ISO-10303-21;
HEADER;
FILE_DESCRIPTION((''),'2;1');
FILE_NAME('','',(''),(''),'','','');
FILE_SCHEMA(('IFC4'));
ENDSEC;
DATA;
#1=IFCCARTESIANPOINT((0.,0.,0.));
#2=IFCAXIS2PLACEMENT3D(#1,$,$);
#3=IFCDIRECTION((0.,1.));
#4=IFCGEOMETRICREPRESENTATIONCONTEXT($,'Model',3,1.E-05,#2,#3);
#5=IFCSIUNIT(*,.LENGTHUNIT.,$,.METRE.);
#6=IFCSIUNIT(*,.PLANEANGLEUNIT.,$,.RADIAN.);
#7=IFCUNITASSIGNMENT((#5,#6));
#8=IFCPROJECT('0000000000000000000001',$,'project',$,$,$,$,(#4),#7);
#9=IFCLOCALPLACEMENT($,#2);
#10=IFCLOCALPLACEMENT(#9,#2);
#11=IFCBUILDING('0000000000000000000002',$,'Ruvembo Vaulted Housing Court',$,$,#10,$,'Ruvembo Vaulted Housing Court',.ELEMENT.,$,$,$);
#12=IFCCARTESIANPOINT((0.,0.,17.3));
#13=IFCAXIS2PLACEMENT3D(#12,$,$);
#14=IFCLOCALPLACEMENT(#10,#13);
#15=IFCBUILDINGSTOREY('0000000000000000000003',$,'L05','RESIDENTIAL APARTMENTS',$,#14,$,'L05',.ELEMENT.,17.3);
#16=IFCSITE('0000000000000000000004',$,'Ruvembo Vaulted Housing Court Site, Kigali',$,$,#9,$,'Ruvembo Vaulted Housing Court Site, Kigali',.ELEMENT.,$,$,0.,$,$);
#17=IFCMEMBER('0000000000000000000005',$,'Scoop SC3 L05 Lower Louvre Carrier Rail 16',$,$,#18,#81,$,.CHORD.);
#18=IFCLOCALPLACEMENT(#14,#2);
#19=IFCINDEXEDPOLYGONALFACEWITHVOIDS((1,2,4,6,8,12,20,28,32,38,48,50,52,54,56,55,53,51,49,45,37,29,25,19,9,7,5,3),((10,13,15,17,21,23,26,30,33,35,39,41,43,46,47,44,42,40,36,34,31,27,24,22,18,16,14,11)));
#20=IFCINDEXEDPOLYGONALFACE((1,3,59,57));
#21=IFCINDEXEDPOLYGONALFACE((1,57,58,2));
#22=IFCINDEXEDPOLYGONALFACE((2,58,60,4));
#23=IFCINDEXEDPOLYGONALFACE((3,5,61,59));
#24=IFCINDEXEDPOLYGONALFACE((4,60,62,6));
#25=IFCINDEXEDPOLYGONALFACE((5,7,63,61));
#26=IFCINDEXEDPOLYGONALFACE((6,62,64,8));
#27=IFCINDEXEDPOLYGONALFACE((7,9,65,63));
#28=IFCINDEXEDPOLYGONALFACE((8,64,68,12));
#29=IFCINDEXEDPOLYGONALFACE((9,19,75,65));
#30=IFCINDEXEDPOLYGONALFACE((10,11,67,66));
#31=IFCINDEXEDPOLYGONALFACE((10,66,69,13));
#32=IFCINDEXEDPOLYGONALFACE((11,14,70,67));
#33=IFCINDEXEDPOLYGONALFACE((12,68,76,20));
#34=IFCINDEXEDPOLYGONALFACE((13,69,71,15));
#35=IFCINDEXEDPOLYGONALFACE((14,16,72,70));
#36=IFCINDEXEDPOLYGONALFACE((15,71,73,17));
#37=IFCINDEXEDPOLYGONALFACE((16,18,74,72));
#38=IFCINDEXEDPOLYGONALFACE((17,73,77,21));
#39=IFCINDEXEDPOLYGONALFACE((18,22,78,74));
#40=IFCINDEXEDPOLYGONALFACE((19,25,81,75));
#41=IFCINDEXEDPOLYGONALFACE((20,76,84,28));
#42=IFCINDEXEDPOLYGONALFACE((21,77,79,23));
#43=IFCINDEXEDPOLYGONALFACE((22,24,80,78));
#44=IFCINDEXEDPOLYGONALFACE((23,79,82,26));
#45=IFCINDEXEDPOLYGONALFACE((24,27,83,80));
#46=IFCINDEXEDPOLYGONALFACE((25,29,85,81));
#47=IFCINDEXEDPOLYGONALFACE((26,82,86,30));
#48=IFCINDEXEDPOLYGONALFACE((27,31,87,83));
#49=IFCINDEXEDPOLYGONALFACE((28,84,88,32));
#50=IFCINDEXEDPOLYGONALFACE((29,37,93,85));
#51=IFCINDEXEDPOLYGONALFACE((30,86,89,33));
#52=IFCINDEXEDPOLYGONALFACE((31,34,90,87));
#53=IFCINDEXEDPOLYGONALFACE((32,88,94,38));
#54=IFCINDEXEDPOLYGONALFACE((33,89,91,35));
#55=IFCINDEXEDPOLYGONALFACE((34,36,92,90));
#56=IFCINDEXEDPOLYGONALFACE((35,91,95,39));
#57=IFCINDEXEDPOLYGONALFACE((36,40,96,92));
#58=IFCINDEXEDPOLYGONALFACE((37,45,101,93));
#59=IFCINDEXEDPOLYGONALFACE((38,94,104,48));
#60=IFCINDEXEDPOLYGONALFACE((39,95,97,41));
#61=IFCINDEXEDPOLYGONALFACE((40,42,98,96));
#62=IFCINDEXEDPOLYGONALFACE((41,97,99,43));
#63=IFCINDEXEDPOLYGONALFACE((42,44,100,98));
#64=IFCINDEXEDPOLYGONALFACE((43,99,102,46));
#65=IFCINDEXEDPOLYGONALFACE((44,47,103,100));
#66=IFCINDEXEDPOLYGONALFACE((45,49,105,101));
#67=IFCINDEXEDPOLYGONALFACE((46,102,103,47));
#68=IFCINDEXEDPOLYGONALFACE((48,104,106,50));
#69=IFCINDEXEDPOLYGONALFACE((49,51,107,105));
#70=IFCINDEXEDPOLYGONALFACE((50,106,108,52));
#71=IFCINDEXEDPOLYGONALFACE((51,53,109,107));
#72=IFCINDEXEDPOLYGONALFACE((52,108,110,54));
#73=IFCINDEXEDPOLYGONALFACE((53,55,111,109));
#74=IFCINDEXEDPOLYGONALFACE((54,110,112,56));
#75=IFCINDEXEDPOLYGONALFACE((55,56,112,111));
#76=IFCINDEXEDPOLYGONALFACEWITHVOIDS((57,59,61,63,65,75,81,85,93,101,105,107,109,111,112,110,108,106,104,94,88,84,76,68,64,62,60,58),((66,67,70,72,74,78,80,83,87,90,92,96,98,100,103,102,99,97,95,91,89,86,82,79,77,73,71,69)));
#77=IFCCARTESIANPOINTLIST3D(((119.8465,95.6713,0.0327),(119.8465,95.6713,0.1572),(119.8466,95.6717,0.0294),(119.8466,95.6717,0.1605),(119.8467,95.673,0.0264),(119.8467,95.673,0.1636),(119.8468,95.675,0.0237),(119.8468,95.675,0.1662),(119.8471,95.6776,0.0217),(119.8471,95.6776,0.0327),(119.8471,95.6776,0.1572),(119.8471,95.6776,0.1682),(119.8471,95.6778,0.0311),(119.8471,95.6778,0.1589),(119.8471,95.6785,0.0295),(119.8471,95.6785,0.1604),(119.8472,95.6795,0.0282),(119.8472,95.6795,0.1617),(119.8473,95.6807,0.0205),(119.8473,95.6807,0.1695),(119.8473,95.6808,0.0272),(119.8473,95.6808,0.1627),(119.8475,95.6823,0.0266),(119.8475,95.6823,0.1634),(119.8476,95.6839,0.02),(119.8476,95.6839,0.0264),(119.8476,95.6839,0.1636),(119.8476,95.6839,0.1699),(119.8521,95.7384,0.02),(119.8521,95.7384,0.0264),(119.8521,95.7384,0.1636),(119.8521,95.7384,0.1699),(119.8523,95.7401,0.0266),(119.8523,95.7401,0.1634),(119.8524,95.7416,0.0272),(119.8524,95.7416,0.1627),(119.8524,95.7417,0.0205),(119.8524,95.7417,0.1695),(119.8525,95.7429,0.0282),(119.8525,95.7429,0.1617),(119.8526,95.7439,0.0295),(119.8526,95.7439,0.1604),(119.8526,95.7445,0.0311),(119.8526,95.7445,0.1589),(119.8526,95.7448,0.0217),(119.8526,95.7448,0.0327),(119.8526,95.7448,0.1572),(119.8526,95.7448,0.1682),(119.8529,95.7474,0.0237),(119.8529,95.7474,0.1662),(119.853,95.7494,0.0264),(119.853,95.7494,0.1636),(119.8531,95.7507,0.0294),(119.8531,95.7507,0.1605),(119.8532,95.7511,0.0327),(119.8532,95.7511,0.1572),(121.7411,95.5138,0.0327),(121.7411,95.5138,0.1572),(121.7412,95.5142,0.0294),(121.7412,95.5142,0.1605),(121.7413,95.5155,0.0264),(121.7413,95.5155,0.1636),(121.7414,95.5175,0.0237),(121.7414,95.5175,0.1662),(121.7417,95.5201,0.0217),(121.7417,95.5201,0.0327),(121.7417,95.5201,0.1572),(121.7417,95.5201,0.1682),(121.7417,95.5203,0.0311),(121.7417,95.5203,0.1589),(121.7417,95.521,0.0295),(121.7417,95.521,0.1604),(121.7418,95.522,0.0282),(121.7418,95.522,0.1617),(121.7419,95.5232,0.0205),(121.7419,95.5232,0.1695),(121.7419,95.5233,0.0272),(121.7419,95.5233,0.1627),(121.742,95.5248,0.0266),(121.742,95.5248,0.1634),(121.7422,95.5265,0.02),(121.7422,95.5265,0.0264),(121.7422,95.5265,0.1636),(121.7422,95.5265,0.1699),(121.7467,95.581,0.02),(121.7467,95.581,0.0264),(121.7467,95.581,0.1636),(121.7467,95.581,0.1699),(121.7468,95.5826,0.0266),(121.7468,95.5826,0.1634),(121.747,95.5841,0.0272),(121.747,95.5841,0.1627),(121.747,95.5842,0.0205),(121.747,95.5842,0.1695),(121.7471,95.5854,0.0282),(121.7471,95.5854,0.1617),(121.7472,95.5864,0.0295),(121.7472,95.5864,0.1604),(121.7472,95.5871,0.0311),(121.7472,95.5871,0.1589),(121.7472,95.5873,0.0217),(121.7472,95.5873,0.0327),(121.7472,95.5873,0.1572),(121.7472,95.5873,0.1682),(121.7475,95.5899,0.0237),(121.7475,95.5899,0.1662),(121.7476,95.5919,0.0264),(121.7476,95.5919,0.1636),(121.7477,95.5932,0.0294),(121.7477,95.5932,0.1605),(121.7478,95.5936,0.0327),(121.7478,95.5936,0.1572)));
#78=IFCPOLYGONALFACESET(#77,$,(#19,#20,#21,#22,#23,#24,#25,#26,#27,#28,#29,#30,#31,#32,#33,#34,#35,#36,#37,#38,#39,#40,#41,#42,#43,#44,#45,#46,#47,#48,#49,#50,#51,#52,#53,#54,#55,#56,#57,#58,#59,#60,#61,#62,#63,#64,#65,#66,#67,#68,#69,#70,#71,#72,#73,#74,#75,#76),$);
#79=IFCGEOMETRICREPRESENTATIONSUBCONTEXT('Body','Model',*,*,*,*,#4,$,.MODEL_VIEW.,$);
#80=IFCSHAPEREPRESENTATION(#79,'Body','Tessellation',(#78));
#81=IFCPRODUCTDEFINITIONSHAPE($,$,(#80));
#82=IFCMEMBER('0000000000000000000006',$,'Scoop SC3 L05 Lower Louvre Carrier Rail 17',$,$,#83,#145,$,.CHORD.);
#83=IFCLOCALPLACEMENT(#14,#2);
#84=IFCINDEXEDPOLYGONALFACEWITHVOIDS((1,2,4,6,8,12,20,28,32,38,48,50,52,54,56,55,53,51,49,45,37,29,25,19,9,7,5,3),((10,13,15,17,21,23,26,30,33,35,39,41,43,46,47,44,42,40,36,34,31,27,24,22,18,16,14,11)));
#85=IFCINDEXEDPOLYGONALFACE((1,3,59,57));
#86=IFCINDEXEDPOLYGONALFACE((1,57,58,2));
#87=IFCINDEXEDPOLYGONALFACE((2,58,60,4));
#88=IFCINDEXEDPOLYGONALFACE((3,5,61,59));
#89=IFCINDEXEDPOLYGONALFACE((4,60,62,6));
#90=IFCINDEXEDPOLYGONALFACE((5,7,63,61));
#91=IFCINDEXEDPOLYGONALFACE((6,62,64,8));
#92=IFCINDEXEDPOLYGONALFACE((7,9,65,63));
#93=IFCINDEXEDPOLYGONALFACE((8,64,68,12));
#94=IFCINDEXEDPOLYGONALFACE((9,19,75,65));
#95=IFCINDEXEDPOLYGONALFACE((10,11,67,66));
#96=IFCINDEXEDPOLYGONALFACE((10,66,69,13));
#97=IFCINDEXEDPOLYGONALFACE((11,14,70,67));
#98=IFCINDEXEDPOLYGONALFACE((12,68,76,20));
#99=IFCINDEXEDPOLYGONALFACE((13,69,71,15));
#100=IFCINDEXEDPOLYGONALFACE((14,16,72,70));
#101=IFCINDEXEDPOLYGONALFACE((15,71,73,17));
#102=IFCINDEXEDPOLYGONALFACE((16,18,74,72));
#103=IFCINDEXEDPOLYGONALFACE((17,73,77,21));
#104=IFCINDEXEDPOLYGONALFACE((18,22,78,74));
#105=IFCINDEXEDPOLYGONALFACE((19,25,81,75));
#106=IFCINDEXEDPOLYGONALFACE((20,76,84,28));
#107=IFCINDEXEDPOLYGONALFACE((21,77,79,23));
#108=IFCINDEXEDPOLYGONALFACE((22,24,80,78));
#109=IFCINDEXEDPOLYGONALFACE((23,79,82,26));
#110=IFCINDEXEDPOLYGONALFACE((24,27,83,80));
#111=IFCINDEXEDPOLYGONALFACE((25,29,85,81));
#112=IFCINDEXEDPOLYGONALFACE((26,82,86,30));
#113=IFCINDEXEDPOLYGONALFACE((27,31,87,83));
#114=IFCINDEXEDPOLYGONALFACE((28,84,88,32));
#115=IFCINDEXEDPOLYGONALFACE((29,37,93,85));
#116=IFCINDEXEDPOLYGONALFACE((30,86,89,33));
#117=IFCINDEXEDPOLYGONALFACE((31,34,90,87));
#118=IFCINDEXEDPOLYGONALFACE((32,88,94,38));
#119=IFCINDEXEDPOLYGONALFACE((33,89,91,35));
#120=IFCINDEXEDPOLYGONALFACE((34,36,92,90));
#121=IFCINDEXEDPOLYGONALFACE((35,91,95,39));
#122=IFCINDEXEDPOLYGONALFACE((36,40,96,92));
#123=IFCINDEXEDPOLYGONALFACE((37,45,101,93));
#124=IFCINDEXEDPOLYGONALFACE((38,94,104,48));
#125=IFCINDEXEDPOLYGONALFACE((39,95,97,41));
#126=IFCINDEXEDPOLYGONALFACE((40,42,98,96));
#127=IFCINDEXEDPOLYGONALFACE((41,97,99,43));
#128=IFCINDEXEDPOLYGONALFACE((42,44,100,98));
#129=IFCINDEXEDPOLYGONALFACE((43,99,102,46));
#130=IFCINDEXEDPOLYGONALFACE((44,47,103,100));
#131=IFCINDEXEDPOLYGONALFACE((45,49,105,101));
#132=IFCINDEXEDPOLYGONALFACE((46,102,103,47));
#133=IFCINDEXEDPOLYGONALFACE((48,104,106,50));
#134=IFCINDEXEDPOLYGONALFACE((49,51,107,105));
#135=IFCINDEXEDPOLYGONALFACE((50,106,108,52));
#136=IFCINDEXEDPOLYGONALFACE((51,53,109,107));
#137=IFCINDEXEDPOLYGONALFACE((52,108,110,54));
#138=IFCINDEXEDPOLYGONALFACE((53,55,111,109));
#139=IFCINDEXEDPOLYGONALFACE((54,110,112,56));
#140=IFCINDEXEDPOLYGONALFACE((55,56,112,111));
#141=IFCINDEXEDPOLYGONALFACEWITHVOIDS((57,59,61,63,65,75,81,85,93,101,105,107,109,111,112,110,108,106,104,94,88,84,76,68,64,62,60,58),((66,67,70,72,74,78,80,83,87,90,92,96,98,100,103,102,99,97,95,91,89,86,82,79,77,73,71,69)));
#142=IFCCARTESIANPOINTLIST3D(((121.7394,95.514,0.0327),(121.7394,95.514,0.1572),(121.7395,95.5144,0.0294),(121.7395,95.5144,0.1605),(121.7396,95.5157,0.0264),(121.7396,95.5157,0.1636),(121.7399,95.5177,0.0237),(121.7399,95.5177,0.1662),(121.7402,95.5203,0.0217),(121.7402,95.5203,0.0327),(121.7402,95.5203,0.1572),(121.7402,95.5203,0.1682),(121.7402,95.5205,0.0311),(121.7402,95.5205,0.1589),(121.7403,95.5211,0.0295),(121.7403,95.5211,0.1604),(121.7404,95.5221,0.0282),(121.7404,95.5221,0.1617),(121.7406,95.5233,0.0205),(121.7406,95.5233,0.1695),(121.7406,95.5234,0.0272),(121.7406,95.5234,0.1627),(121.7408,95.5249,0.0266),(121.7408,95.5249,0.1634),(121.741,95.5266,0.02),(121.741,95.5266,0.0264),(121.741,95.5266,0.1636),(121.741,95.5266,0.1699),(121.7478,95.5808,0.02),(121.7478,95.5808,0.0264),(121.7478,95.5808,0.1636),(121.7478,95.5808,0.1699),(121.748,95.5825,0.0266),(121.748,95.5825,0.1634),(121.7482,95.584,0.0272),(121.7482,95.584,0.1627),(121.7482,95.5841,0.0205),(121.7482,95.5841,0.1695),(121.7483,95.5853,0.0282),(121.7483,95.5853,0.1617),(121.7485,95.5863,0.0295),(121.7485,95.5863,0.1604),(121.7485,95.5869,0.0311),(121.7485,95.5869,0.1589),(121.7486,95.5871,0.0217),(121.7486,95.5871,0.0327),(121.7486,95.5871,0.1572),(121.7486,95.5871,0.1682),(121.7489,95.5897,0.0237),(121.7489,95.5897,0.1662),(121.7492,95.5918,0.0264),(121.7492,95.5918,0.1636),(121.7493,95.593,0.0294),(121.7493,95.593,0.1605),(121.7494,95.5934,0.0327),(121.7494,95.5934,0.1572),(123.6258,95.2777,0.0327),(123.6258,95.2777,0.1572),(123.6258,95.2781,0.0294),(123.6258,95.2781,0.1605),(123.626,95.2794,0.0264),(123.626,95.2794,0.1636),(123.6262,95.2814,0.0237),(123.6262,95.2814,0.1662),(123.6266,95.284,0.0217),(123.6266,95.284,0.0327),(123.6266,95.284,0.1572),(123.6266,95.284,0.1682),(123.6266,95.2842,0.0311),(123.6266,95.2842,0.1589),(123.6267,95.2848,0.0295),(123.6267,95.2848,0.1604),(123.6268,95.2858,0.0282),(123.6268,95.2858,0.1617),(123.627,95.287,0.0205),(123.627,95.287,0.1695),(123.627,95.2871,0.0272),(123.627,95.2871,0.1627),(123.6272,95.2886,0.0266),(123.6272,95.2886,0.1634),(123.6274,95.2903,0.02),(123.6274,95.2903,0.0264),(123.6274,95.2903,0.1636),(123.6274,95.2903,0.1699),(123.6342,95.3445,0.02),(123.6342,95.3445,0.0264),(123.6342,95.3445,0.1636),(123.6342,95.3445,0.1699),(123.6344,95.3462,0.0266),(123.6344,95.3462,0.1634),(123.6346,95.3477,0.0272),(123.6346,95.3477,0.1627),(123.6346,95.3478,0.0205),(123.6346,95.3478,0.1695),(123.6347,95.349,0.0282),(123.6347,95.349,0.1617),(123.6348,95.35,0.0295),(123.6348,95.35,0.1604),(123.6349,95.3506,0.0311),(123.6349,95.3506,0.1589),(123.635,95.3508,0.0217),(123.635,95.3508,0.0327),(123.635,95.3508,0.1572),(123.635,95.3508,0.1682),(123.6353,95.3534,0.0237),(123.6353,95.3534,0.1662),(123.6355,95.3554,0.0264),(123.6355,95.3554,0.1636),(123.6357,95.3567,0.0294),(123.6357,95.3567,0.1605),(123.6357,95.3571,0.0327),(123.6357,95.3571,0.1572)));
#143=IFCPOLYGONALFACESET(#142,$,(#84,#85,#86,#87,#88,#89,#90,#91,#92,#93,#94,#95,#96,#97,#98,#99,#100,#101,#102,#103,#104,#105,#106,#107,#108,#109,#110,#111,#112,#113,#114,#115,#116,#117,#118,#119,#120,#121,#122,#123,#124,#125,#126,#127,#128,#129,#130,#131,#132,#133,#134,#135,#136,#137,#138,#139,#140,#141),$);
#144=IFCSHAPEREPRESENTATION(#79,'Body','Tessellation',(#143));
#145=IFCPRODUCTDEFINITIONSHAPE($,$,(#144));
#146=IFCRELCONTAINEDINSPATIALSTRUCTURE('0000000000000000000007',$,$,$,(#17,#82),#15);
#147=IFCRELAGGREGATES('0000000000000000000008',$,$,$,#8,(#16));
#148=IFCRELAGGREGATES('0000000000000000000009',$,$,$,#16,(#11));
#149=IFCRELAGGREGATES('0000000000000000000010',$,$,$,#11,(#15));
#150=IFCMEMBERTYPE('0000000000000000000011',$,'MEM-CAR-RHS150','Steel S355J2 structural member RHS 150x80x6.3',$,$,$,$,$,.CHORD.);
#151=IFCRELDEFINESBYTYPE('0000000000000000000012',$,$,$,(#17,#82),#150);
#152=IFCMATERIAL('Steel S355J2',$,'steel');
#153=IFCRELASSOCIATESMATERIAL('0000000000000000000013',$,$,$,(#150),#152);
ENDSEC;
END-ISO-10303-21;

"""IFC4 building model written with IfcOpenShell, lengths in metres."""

from ifc_helpers import new_model, si_unit, direction, frame, origin, origin_2d, place, context, subcontext, project, spatial, hollow_rectangle, extrude, material, material_profile, profile_set, type_object, element, save


model = new_model("IFC4")

# Units and contexts
model_context = context("Model", 3, precision=1e-05, world=origin(), true_north=direction((0.0, 1.0)))
body_context = subcontext(model_context, "Body", "Model", "MODEL_VIEW")
ifc_project = project(units=[si_unit("LENGTHUNIT", "METRE"), si_unit("PLANEANGLEUNIT", "RADIAN")], contexts=[model_context])

# Site, building, storey
site_placement = place(None, origin())
site = spatial("IfcSite", under=ifc_project, at=site_placement, Name="Ruvembo Vaulted Housing Court Site, Kigali", LongName="Ruvembo Vaulted Housing Court Site, Kigali", CompositionType="ELEMENT", RefElevation=0.0)
building_placement = place(site_placement, origin())
building = spatial("IfcBuilding", under=site, at=building_placement, Name="Ruvembo Vaulted Housing Court", LongName="Ruvembo Vaulted Housing Court", CompositionType="ELEMENT")
storey_placement = place(building_placement, frame((0.0, 0.0, 17.3)))
storey = spatial("IfcBuildingStorey", under=building, at=storey_placement, Name="L05", Description="RESIDENTIAL APARTMENTS", LongName="L05", CompositionType="ELEMENT", Elevation=17.3)

# Shared definitions
ifc_material_1 = material(Name="Steel S355J2", Category="steel")

# Members
ifc_material_profile_1 = material_profile(ifc_material_1, hollow_rectangle(XDim=0.0801, YDim=0.1499, WallThickness=0.0063, InnerFilletRadius=0.0063, OuterFilletRadius=0.0127, at=origin_2d()), Name="RHS 150x80x6.3")
ifc_profile_set_1 = profile_set([ifc_material_profile_1], Name="Steel S355J2")
member_type_1 = type_object("IfcMemberType", Name="MEM-CAR-RHS150", Description="Steel S355J2 structural member RHS 150x80x6.3", PredefinedType="CHORD", material=ifc_profile_set_1)
for number, where, z_axis, x_axis, name in (
    (1, (119.8499, 95.7112, 0.095), (0.996563, -0.082833, 0.0), (0.082833, 0.996563, 0.0), "Scoop SC3 L05 Lower Louvre Carrier Rail 16"),
    (2, (121.7444, 95.5537, 0.095), (0.992244, -0.124303, 0.0), (0.124303, 0.992244, 0.0), "Scoop SC3 L05 Lower Louvre Carrier Rail 17"),
):
    element("IfcMember", number, at=place(storey_placement, frame(where, z_axis=z_axis, x_axis=x_axis)), inside=storey, type_object=member_type_1, Name=name, PredefinedType="CHORD", context=body_context, shape_type="SweptSolid", body=[
        extrude(hollow_rectangle(XDim=0.0801, YDim=0.1499, WallThickness=0.0063, InnerFilletRadius=0.0063, OuterFilletRadius=0.0127, at=origin_2d()), origin(), (0.0, 0.0, 1.0), 1.9011),
    ])

save(model, "model.ifc")
